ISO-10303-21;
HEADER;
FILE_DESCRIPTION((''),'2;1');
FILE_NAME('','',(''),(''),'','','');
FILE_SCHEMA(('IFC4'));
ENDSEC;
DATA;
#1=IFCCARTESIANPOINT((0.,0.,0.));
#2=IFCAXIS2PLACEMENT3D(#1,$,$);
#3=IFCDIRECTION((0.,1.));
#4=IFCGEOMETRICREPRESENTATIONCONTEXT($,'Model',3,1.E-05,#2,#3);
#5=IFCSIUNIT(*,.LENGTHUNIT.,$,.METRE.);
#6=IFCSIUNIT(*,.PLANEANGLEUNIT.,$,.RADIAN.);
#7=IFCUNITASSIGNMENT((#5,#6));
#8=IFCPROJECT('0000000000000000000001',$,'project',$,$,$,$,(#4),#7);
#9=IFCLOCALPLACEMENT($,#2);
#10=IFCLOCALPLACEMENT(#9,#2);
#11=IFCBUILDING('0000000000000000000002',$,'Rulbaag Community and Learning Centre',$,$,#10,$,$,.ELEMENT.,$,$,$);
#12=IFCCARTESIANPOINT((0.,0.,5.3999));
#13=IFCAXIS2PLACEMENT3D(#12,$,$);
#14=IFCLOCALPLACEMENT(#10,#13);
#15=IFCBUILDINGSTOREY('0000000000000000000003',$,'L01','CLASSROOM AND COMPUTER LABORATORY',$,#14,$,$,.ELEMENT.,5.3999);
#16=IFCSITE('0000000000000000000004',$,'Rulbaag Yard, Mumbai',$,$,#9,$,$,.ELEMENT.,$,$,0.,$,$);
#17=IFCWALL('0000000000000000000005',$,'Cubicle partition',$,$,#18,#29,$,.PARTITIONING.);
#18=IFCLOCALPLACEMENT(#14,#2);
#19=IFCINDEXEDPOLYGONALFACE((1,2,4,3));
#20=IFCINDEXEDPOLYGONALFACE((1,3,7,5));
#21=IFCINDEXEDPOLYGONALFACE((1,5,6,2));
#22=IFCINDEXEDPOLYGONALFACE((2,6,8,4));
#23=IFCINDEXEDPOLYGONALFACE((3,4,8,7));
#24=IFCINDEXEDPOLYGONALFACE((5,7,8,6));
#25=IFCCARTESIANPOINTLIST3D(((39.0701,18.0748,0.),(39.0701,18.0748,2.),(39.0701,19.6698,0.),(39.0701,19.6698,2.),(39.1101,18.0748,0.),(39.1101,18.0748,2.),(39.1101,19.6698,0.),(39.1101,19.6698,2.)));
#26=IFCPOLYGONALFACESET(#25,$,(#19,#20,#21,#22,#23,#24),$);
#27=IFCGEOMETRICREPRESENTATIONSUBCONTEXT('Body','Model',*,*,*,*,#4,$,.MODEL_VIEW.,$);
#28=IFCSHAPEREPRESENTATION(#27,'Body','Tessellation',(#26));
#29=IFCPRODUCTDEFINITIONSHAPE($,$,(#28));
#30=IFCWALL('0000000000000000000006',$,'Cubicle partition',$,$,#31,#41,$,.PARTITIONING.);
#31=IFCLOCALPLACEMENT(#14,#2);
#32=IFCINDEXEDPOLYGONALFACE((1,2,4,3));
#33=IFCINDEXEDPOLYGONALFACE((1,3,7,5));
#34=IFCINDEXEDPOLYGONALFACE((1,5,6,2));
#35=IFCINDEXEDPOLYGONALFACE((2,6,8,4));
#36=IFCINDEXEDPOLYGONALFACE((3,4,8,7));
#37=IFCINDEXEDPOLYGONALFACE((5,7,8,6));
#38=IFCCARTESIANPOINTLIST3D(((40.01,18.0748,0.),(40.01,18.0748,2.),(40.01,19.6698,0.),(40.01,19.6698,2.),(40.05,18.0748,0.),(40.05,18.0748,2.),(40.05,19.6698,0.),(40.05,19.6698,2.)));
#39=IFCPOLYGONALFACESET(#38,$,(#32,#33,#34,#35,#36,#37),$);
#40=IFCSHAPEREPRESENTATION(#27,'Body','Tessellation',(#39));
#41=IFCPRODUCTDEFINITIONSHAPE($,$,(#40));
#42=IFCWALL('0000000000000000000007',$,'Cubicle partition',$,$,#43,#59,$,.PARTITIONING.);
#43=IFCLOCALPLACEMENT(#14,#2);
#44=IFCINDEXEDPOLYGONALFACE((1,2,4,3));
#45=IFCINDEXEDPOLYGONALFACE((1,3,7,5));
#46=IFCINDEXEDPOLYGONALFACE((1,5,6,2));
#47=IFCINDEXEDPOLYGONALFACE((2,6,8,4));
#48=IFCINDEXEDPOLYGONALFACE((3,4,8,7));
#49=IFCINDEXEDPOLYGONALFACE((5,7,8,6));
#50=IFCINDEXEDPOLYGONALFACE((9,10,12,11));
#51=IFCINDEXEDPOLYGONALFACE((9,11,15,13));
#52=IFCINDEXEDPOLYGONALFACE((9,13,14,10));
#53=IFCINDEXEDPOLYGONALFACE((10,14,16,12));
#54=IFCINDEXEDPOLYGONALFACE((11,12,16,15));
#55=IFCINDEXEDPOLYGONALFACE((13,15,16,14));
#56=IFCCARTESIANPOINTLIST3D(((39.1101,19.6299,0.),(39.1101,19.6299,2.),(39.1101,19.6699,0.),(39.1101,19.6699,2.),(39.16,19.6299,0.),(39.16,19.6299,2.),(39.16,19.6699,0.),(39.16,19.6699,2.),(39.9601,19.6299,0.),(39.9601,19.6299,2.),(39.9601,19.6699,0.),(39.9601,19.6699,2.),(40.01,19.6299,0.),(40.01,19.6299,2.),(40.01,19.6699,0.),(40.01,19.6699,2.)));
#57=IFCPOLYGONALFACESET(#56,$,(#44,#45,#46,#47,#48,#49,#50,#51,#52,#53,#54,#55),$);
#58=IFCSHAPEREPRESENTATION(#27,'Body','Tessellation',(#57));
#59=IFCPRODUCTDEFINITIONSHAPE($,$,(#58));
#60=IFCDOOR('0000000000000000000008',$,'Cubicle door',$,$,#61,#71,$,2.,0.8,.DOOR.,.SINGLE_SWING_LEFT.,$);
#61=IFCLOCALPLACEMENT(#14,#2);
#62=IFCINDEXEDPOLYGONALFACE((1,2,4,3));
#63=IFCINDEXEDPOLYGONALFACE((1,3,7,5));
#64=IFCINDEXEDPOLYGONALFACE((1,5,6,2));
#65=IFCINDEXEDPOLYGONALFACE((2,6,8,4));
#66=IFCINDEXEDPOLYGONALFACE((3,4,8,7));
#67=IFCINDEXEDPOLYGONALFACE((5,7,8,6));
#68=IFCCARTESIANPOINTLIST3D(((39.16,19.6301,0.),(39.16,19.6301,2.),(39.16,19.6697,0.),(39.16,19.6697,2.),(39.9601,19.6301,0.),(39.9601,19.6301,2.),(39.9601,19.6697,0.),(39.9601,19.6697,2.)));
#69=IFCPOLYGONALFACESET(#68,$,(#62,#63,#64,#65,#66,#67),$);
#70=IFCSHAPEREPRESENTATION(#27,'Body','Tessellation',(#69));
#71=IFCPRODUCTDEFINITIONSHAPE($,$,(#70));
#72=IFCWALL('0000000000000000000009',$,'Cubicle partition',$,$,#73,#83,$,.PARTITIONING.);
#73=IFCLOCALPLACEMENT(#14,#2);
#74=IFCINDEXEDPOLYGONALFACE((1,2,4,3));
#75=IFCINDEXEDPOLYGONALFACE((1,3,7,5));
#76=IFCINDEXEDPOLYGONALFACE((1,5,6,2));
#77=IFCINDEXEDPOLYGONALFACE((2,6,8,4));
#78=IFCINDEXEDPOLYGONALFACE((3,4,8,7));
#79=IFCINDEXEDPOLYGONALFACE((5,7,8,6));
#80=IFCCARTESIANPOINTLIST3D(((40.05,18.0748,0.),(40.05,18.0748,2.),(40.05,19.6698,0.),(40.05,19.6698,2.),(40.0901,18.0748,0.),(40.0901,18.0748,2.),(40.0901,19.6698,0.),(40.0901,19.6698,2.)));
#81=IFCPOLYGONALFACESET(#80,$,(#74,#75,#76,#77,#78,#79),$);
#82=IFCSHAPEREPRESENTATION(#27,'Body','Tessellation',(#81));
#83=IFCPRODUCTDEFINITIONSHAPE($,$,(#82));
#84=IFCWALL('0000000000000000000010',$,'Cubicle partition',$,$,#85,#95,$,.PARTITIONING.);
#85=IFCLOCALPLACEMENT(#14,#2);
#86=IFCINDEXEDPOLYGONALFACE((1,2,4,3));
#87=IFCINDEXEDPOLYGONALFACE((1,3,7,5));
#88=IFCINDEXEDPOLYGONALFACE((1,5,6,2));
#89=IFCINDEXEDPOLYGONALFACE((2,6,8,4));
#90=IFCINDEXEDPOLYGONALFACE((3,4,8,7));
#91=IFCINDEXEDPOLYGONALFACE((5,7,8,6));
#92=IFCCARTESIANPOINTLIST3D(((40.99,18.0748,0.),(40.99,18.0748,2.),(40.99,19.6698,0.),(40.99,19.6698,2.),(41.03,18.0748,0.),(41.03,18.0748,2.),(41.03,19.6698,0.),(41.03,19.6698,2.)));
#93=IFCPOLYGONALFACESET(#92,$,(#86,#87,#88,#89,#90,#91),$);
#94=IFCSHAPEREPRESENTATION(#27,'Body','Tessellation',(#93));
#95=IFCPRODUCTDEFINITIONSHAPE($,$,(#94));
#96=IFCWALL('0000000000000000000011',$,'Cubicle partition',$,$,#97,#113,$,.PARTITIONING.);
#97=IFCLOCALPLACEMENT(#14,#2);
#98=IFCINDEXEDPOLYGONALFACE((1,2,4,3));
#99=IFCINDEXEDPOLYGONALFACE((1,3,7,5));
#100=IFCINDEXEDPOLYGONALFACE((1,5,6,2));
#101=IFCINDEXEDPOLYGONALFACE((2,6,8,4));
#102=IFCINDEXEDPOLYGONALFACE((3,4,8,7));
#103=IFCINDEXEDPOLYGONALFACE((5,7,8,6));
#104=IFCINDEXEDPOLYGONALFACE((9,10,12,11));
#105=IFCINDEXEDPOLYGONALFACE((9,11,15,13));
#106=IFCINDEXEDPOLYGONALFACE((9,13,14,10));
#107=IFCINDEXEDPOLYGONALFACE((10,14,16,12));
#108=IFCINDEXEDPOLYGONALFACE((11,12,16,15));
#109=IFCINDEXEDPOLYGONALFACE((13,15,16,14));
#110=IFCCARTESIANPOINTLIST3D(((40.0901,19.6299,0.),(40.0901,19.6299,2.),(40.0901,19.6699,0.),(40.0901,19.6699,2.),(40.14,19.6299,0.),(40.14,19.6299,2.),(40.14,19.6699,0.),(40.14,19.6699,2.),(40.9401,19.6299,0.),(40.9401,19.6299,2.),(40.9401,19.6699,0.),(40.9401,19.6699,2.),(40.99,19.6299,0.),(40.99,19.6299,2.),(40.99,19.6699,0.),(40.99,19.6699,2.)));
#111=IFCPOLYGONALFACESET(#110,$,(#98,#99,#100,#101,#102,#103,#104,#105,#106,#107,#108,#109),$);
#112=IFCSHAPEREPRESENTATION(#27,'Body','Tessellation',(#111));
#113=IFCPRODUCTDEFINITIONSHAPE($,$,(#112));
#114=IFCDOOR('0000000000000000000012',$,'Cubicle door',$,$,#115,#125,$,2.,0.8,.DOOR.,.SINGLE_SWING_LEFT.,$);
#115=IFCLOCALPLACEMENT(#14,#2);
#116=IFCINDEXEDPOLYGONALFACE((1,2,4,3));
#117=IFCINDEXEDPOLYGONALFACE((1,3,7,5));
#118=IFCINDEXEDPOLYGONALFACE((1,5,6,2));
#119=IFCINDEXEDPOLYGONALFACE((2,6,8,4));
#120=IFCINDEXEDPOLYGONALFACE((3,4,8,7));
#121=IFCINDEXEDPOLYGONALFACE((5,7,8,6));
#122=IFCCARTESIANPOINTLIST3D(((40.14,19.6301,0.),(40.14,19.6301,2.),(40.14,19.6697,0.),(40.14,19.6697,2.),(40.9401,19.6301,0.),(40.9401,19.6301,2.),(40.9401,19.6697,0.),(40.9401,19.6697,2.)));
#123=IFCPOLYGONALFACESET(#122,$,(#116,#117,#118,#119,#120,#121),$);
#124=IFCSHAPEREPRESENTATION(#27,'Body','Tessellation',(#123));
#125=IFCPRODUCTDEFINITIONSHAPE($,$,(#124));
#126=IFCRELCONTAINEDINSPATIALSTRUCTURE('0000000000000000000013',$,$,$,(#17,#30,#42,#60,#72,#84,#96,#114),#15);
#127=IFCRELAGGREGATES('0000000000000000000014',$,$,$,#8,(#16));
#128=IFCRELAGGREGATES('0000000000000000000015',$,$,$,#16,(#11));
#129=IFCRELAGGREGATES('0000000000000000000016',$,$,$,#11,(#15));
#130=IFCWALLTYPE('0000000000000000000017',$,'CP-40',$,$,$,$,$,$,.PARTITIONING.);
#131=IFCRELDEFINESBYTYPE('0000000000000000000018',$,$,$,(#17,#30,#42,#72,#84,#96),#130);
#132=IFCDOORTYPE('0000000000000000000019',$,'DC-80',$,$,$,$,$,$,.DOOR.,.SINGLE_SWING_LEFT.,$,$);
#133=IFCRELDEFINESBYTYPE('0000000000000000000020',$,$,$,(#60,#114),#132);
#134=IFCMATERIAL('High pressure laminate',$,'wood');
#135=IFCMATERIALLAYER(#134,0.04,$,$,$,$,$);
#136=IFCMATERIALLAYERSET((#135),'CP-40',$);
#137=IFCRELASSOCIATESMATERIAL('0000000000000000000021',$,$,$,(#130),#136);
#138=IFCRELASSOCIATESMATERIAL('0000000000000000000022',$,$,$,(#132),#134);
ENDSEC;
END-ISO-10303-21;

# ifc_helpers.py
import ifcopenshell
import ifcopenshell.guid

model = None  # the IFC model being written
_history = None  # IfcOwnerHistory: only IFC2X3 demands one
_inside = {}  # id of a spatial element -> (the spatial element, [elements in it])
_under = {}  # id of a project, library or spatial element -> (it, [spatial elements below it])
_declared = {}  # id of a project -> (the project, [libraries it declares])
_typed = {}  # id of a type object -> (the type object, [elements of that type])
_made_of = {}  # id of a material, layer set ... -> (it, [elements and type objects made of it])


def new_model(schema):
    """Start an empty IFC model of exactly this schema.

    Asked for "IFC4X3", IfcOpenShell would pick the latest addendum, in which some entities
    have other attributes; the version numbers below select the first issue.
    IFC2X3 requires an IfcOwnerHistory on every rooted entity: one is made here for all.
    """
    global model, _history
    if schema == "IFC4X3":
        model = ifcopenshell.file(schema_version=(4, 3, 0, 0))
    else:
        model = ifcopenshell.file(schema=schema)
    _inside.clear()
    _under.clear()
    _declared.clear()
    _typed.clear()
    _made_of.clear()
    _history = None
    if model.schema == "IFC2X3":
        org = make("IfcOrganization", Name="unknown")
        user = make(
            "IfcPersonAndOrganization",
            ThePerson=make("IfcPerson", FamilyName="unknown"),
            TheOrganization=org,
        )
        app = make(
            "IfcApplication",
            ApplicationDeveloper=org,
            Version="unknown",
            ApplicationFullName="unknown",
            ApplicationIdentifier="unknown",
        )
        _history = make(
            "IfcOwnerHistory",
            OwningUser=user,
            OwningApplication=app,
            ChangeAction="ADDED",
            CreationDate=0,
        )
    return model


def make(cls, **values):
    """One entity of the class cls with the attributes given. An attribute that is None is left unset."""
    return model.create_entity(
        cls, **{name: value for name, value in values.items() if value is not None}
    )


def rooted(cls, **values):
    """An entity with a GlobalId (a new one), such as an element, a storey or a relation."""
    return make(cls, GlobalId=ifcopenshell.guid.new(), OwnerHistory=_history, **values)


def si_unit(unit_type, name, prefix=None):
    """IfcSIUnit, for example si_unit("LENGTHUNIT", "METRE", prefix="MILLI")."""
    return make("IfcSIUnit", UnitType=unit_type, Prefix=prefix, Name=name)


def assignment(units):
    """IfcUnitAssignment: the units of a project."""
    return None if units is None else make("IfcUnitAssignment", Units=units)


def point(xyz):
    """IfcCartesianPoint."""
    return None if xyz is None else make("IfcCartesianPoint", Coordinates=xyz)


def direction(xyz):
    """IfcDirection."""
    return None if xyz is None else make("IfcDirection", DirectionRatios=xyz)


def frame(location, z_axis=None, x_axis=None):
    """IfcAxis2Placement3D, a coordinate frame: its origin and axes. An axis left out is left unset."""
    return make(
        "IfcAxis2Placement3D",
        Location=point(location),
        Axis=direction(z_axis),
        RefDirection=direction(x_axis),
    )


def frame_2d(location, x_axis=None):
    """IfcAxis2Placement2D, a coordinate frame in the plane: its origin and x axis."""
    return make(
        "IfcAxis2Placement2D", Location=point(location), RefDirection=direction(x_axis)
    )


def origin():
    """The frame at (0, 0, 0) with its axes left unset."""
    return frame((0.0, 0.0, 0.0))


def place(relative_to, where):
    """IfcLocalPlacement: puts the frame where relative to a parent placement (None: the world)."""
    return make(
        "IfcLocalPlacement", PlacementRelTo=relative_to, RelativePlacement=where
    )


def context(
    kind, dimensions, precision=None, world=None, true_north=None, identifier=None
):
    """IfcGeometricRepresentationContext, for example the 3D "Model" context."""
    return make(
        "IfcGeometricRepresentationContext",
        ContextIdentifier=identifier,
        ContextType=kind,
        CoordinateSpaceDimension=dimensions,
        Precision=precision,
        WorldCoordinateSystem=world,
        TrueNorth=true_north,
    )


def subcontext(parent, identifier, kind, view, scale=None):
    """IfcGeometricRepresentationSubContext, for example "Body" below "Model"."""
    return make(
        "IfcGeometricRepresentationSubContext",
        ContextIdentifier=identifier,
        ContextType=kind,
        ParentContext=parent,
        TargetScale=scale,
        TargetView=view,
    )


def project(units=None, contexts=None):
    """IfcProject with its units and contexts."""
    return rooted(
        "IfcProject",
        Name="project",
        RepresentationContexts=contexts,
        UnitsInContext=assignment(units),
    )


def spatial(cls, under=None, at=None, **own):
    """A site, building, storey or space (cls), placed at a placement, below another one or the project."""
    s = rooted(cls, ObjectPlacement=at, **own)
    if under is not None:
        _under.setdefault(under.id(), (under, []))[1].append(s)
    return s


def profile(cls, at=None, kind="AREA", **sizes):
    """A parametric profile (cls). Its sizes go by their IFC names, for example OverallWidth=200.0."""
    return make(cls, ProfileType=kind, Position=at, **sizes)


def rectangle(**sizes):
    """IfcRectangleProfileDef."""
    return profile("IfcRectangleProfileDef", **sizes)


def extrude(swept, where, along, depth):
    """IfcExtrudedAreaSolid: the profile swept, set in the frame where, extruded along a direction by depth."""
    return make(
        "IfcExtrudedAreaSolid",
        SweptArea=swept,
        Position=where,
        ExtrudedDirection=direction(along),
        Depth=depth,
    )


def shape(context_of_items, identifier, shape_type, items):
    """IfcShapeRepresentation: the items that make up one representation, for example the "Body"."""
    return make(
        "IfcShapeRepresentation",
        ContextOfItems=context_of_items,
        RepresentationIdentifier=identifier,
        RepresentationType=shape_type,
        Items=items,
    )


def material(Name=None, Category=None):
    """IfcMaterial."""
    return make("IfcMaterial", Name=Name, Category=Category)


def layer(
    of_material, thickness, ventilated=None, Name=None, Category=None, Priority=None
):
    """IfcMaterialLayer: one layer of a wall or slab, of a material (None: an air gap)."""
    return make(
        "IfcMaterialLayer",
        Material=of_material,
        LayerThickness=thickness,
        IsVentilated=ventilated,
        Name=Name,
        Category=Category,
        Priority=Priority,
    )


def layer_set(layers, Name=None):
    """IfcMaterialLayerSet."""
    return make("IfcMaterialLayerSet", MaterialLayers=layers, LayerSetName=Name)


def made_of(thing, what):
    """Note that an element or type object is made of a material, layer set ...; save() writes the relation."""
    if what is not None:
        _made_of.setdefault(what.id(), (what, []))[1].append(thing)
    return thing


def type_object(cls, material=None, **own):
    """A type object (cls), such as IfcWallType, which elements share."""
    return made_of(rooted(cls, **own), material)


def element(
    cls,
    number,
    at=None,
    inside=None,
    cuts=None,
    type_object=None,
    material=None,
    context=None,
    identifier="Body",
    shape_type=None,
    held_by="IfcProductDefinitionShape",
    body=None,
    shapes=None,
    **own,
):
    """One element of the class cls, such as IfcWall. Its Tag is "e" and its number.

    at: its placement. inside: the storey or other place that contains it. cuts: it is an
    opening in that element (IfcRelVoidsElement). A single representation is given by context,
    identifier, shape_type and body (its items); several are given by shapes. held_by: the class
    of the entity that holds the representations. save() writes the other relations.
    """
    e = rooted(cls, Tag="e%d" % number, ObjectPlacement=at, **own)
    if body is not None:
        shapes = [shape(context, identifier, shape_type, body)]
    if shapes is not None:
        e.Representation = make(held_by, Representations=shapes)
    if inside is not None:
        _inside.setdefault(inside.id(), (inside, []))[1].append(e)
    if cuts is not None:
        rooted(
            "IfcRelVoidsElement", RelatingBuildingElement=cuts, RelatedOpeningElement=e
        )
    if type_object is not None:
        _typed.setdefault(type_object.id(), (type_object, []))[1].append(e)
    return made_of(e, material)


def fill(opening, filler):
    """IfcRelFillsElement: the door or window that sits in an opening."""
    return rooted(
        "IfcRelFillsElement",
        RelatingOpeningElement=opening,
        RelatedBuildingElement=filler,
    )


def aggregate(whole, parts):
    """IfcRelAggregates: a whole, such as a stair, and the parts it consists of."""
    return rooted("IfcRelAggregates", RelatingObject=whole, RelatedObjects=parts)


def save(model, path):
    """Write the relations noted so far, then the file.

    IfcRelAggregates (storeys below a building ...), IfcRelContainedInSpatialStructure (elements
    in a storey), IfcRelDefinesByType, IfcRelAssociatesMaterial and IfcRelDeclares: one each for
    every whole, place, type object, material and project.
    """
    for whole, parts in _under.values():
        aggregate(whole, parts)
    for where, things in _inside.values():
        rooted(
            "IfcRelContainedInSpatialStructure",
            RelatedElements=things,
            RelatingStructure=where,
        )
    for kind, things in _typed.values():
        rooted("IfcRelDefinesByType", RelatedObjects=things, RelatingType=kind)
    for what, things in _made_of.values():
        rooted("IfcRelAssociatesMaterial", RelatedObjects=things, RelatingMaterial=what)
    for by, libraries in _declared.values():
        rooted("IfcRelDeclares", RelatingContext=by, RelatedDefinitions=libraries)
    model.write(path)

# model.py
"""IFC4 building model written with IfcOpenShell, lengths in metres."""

from ifc_helpers import new_model, si_unit, direction, frame, frame_2d, origin, place, context, subcontext, project, spatial, rectangle, extrude, material, layer, layer_set, type_object, element, fill, save


model = new_model("IFC4")

# Units and contexts
model_context = context("Model", 3, precision=1e-05, world=origin(), true_north=direction((0.0, 1.0)))
body_context = subcontext(model_context, "Body", "Model", "MODEL_VIEW")
ifc_project = project(units=[si_unit("LENGTHUNIT", "METRE"), si_unit("PLANEANGLEUNIT", "RADIAN")], contexts=[model_context])

# Site, building, storey
site_placement = place(None, origin())
site = spatial("IfcSite", under=ifc_project, at=site_placement, Name="Rulbaag Yard, Mumbai", CompositionType="ELEMENT", RefElevation=0.0)
building_placement = place(site_placement, origin())
building = spatial("IfcBuilding", under=site, at=building_placement, Name="Rulbaag Community and Learning Centre", CompositionType="ELEMENT")
storey_placement = place(building_placement, frame((0.0, 0.0, 5.3999)))
storey = spatial("IfcBuildingStorey", under=building, at=storey_placement, Name="L01", Description="CLASSROOM AND COMPUTER LABORATORY", CompositionType="ELEMENT", Elevation=5.3999)

# Walls
ifc_material_1 = material(Name="High pressure laminate", Category="wood")
ifc_layer = layer(ifc_material_1, 0.04)
ifc_layer_set = layer_set([ifc_layer], Name="CP-40")
wall_type = type_object("IfcWallType", Name="CP-40", PredefinedType="PARTITIONING", material=ifc_layer_set)
for number, where, z_axis, x_axis, name in (
    (1, (39.0901, 18.075, 0.0), (0.0, 0.0, 1.0), (0.0, 1.0, 0.0), "Cubicle partition"),
    (2, (40.03, 18.075, 0.0), (0.0, 0.0, 1.0), (0.0, 1.0, 0.0), "Cubicle partition"),
):
    element("IfcWall", number, at=place(storey_placement, frame(where, z_axis=z_axis, x_axis=x_axis)), inside=storey, type_object=wall_type, Name=name, PredefinedType="PARTITIONING", context=body_context, shape_type="SweptSolid", body=[
        extrude(rectangle(XDim=1.595, YDim=0.04, at=frame_2d((0.7974, 0.0))), origin(), (0.0, 0.0, 1.0), 2.0),
    ])

# Wall, opening, door
wall_1_placement = place(storey_placement, frame((39.1101, 19.6499, 0.0), z_axis=(0.0, 0.0, 1.0), x_axis=(1.0, 0.0, 0.0)))
wall_1 = element("IfcWall", 3, at=wall_1_placement, inside=storey, type_object=wall_type, Name="Cubicle partition", PredefinedType="PARTITIONING", context=body_context, shape_type="SweptSolid", body=[
    extrude(rectangle(XDim=0.8999, YDim=0.04, at=frame_2d((0.45, 0.0))), origin(), (0.0, 0.0, 1.0), 2.0),
])
opening_1_placement = place(wall_1_placement, frame((0.05, 0.0, 0.0)))
opening_1 = element("IfcOpeningElement", 4, at=opening_1_placement, cuts=wall_1, PredefinedType="OPENING", context=body_context, shape_type="SweptSolid", body=[
    extrude(rectangle(XDim=0.8, YDim=2.0, at=frame_2d((0.3999, 1.0))), frame((0.0, 0.03, 0.0), z_axis=(0.0, -1.0, 0.0), x_axis=(1.0, 0.0, 0.0)), (0.0, 0.0, 1.0), 0.0601),
])
door_type = type_object("IfcDoorType", Name="DC-80", OperationType="SINGLE_SWING_LEFT", PredefinedType="DOOR", material=ifc_material_1)
door_1_placement = place(opening_1_placement, origin())
door_1 = element("IfcDoor", 5, at=door_1_placement, inside=storey, type_object=door_type, Name="Cubicle door", OperationType="SINGLE_SWING_LEFT", OverallHeight=2.0, OverallWidth=0.8, PredefinedType="DOOR", context=body_context, shape_type="SweptSolid", body=[
    extrude(rectangle(XDim=0.8, YDim=2.0, at=frame_2d((0.3999, 1.0))), frame((0.0, 0.0198, 0.0), z_axis=(0.0, -1.0, 0.0), x_axis=(1.0, 0.0, 0.0)), (0.0, 0.0, 1.0), 0.0396),
])
fill(opening_1, door_1)

# Walls
for number, where, z_axis, x_axis, name in (
    (6, (40.0701, 18.075, 0.0), (0.0, 0.0, 1.0), (0.0, 1.0, 0.0), "Cubicle partition"),
    (7, (41.01, 18.075, 0.0), (0.0, 0.0, 1.0), (0.0, 1.0, 0.0), "Cubicle partition"),
):
    element("IfcWall", number, at=place(storey_placement, frame(where, z_axis=z_axis, x_axis=x_axis)), inside=storey, type_object=wall_type, Name=name, PredefinedType="PARTITIONING", context=body_context, shape_type="SweptSolid", body=[
        extrude(rectangle(XDim=1.595, YDim=0.04, at=frame_2d((0.7974, 0.0))), origin(), (0.0, 0.0, 1.0), 2.0),
    ])

# Wall, opening, door
wall_2_placement = place(storey_placement, frame((40.0901, 19.6499, 0.0), z_axis=(0.0, 0.0, 1.0), x_axis=(1.0, 0.0, 0.0)))
wall_2 = element("IfcWall", 8, at=wall_2_placement, inside=storey, type_object=wall_type, Name="Cubicle partition", PredefinedType="PARTITIONING", context=body_context, shape_type="SweptSolid", body=[
    extrude(rectangle(XDim=0.8999, YDim=0.04, at=frame_2d((0.45, 0.0))), origin(), (0.0, 0.0, 1.0), 2.0),
])
opening_2_placement = place(wall_2_placement, frame((0.05, 0.0, 0.0)))
opening_2 = element("IfcOpeningElement", 9, at=opening_2_placement, cuts=wall_2, PredefinedType="OPENING", context=body_context, shape_type="SweptSolid", body=[
    extrude(rectangle(XDim=0.8, YDim=2.0, at=frame_2d((0.3999, 1.0))), frame((0.0, 0.03, 0.0), z_axis=(0.0, -1.0, 0.0), x_axis=(1.0, 0.0, 0.0)), (0.0, 0.0, 1.0), 0.0601),
])
door_2_placement = place(opening_2_placement, origin())
door_2 = element("IfcDoor", 10, at=door_2_placement, inside=storey, type_object=door_type, Name="Cubicle door", OperationType="SINGLE_SWING_LEFT", OverallHeight=2.0, OverallWidth=0.8, PredefinedType="DOOR", context=body_context, shape_type="SweptSolid", body=[
    extrude(rectangle(XDim=0.8, YDim=2.0, at=frame_2d((0.3999, 1.0))), frame((0.0, 0.0198, 0.0), z_axis=(0.0, -1.0, 0.0), x_axis=(1.0, 0.0, 0.0)), (0.0, 0.0, 1.0), 0.0396),
])
fill(opening_2, door_2)

save(model, "model.ifc")
